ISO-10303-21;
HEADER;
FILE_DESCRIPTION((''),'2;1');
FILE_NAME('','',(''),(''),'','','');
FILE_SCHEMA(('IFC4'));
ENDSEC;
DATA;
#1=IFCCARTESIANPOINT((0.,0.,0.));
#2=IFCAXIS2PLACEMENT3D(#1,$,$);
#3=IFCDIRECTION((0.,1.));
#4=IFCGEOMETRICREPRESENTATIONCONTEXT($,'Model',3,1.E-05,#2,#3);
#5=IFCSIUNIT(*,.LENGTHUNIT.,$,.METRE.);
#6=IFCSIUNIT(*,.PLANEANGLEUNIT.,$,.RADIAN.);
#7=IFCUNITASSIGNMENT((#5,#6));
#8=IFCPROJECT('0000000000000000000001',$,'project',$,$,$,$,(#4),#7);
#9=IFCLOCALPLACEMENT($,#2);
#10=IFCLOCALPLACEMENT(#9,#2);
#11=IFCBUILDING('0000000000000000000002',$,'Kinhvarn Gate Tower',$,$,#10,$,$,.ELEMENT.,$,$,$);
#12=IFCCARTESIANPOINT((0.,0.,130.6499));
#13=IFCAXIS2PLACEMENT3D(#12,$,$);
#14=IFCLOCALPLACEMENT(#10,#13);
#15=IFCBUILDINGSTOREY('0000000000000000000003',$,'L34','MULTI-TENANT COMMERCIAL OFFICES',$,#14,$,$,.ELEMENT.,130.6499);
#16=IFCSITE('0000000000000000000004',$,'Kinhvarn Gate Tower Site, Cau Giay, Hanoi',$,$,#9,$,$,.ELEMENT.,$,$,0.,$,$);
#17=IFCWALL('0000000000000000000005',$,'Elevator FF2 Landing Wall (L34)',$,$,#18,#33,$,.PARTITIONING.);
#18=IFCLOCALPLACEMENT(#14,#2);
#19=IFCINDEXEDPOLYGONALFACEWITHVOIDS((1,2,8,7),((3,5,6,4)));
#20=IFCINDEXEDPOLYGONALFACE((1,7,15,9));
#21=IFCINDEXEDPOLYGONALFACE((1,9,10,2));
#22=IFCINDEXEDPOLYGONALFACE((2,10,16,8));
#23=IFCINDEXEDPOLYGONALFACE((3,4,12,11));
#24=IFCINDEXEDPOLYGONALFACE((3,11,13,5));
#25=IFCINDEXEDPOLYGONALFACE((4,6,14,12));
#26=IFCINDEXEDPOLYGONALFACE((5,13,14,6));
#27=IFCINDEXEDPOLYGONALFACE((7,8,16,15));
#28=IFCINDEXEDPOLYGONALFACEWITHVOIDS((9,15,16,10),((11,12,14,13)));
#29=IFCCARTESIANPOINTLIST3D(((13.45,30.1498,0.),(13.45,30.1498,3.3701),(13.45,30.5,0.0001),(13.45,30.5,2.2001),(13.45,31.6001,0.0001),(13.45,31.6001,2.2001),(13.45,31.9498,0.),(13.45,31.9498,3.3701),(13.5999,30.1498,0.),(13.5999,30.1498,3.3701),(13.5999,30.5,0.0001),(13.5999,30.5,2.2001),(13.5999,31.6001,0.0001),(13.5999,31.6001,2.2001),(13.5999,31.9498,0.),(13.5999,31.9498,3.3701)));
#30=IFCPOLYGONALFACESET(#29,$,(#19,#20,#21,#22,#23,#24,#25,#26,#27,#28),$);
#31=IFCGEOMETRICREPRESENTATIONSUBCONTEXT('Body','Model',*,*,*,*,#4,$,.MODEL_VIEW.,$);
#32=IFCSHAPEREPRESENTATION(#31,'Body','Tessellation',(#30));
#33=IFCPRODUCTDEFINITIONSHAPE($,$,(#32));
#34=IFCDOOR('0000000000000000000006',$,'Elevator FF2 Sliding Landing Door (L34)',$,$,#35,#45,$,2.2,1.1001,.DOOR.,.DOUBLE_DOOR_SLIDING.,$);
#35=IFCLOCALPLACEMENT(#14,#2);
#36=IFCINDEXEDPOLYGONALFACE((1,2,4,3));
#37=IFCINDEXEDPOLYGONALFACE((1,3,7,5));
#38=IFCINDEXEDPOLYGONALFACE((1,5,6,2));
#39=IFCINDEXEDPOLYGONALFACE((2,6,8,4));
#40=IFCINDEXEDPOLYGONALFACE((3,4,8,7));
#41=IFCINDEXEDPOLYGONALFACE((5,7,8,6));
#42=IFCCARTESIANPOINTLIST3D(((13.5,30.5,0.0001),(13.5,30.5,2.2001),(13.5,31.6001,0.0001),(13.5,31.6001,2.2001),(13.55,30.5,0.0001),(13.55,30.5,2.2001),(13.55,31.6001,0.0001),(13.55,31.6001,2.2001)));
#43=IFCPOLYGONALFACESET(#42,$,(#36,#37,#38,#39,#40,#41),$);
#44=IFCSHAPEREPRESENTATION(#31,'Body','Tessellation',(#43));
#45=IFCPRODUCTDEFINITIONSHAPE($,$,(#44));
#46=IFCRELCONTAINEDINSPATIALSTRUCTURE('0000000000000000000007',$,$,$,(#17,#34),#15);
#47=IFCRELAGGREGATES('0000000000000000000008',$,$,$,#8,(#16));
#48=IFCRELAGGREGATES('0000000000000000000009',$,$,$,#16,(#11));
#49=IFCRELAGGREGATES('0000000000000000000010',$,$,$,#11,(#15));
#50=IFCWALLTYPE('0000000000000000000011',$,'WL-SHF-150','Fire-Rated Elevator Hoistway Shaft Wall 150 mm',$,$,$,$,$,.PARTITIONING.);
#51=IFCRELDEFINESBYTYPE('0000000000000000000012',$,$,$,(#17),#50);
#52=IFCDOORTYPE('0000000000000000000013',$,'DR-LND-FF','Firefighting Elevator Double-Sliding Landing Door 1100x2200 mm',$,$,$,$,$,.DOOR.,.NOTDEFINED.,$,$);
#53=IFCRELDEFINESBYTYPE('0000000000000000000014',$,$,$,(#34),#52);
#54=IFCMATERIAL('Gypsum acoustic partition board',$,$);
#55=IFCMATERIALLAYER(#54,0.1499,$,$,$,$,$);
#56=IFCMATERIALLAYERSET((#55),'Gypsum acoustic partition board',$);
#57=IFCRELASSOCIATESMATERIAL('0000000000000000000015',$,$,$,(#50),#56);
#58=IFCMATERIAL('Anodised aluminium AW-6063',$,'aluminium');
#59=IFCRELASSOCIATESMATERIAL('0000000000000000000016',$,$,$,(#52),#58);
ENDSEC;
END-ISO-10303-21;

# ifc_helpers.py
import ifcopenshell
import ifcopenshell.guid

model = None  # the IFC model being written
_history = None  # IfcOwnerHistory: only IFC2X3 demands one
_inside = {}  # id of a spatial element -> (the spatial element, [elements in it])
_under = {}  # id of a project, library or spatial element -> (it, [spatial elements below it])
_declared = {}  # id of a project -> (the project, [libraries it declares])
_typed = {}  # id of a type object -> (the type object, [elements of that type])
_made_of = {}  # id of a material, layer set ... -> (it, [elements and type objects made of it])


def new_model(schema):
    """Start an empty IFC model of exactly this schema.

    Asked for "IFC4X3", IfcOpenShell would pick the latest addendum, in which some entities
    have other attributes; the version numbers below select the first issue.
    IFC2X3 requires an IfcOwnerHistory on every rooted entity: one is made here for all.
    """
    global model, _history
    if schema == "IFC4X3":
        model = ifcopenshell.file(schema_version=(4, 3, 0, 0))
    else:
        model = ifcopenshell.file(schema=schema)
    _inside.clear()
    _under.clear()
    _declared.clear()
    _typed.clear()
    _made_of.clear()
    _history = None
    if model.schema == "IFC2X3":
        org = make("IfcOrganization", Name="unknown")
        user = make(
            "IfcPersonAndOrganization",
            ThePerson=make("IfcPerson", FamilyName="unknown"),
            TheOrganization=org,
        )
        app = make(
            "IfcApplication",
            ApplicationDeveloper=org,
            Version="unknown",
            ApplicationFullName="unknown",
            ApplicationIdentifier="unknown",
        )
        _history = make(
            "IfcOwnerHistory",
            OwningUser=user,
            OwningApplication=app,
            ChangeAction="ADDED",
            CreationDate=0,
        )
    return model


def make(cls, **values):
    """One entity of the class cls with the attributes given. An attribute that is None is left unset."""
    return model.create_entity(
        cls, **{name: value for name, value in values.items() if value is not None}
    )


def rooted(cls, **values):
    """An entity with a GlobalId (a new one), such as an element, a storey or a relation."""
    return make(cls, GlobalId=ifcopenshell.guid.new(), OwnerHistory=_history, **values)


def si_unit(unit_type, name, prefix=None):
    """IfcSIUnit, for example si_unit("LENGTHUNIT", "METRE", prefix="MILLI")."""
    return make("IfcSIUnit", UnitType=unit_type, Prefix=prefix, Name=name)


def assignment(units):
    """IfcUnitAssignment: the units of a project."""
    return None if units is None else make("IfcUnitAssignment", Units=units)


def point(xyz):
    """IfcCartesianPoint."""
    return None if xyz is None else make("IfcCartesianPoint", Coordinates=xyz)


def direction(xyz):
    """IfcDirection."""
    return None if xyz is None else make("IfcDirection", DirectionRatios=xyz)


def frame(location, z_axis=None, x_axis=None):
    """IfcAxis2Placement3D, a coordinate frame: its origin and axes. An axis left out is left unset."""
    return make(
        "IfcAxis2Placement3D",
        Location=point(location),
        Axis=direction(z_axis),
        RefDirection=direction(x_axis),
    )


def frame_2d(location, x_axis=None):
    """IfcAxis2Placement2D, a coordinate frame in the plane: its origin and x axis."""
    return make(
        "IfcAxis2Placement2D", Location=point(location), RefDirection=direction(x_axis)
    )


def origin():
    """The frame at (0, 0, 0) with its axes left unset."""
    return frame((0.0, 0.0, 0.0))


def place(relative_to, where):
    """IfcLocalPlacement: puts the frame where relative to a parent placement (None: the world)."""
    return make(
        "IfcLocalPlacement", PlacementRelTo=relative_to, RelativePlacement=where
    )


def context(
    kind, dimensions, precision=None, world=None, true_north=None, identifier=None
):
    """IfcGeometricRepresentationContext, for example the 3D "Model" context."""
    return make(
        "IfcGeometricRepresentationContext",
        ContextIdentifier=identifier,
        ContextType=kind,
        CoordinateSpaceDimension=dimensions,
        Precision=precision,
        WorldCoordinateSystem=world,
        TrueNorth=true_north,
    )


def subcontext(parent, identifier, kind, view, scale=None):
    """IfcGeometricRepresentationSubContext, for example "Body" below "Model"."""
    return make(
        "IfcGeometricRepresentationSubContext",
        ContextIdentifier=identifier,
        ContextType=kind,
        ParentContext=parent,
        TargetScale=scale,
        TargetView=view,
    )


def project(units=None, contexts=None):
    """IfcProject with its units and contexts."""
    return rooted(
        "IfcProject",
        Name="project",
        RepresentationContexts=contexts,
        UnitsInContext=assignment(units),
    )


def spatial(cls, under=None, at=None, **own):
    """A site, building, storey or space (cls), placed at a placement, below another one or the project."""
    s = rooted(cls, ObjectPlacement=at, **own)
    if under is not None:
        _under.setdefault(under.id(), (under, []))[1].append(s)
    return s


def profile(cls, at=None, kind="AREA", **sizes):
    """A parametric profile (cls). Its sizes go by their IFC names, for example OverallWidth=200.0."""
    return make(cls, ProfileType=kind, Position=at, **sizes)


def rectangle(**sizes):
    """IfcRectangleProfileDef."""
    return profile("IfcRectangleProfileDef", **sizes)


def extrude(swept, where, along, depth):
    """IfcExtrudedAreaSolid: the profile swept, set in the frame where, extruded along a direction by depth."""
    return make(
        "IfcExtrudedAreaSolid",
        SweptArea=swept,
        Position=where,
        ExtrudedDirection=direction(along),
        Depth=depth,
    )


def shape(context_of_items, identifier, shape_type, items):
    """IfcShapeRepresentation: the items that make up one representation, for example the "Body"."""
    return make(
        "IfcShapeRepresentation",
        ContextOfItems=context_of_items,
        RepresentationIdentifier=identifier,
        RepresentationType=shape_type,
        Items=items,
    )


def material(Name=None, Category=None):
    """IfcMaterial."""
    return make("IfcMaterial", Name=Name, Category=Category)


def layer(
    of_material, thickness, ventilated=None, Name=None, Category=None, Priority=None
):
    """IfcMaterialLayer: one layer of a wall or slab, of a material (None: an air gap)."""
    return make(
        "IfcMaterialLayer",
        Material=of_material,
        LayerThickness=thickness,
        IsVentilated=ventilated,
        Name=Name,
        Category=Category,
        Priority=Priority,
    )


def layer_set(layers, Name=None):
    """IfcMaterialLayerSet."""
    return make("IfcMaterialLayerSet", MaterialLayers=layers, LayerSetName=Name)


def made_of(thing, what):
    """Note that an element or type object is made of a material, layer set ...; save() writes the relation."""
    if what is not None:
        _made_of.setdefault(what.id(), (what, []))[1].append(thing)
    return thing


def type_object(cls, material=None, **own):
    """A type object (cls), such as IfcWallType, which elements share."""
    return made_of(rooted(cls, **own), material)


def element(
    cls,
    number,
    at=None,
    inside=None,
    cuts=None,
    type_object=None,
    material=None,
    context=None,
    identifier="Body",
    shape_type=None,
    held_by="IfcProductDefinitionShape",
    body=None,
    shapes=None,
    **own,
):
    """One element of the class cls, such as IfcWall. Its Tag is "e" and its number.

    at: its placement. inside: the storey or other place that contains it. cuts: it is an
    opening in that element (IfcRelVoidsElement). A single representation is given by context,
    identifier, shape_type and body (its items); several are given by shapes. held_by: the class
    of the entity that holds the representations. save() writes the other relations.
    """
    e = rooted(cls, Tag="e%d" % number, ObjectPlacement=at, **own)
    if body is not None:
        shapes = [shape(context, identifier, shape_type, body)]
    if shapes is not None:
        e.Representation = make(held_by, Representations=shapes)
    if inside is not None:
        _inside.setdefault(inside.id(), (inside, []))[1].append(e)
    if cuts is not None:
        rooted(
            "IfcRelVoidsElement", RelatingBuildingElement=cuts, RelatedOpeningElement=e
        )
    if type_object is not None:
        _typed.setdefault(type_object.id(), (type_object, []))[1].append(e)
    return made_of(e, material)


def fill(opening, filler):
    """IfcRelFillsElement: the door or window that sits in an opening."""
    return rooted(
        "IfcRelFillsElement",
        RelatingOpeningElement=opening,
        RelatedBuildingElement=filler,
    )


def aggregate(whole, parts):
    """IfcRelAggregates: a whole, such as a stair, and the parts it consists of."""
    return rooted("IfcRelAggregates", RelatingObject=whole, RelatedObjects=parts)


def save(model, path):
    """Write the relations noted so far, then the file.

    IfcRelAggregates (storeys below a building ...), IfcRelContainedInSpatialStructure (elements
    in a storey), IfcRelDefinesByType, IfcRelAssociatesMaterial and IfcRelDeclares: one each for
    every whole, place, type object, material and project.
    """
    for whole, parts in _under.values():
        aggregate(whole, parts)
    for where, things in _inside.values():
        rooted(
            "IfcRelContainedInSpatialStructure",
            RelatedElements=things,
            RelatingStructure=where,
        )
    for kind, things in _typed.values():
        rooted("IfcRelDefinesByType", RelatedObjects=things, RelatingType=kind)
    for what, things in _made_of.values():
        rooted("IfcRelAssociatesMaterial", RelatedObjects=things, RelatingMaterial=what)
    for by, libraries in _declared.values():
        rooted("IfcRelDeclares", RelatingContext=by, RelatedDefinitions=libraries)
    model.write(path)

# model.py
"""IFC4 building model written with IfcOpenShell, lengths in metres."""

from ifc_helpers import new_model, si_unit, direction, frame, frame_2d, origin, place, context, subcontext, project, spatial, rectangle, extrude, material, layer, layer_set, type_object, element, fill, save


model = new_model("IFC4")

# Units and contexts
model_context = context("Model", 3, precision=1e-05, world=origin(), true_north=direction((0.0, 1.0)))
body_context = subcontext(model_context, "Body", "Model", "MODEL_VIEW")
ifc_project = project(units=[si_unit("LENGTHUNIT", "METRE"), si_unit("PLANEANGLEUNIT", "RADIAN")], contexts=[model_context])

# Site, building, storey
site_placement = place(None, origin())
site = spatial("IfcSite", under=ifc_project, at=site_placement, Name="Kinhvarn Gate Tower Site, Cau Giay, Hanoi", CompositionType="ELEMENT", RefElevation=0.0)
building_placement = place(site_placement, origin())
building = spatial("IfcBuilding", under=site, at=building_placement, Name="Kinhvarn Gate Tower", CompositionType="ELEMENT")
storey_placement = place(building_placement, frame((0.0, 0.0, 130.6499)))
storey = spatial("IfcBuildingStorey", under=building, at=storey_placement, Name="L34", Description="MULTI-TENANT COMMERCIAL OFFICES", CompositionType="ELEMENT", Elevation=130.6499)

# Shared definitions
ifc_material_1 = material(Name="Gypsum acoustic partition board")

# Shared definitions
ifc_layer_1 = layer(ifc_material_1, 0.1499)
ifc_layer_set_1 = layer_set([ifc_layer_1], Name="Gypsum acoustic partition board")
wall_type_1 = type_object("IfcWallType", Name="WL-SHF-150", Description="Fire-Rated Elevator Hoistway Shaft Wall 150 mm", PredefinedType="PARTITIONING", material=ifc_layer_set_1)
ifc_material_2 = material(Name="Anodised aluminium AW-6063", Category="aluminium")

# Wall, opening, door
wall_1_placement = place(storey_placement, frame((13.5249, 30.1499, 0.0), z_axis=(0.0, 0.0, 1.0), x_axis=(0.0, 1.0, 0.0)))
wall_1 = element("IfcWall", 1, at=wall_1_placement, inside=storey, type_object=wall_type_1, Name="Elevator FF2 Landing Wall (L34)", PredefinedType="PARTITIONING", context=body_context, shape_type="SweptSolid", body=[
    extrude(rectangle(XDim=1.8, YDim=0.1499, at=frame_2d((0.8999, 0.0))), origin(), (0.0, 0.0, 1.0), 3.3701),
])
opening_1_placement = place(wall_1_placement, frame((0.3501, 0.0, 0.0)))
opening_1 = element("IfcOpeningElement", 2, at=opening_1_placement, cuts=wall_1, PredefinedType="OPENING", context=body_context, shape_type="SweptSolid", body=[
    extrude(rectangle(XDim=1.1001, YDim=2.2, at=frame_2d((0.55, 1.1001))), frame((0.0, 0.085, 0.0), z_axis=(0.0, -1.0, 0.0), x_axis=(1.0, 0.0, 0.0)), (0.0, 0.0, 1.0), 0.1699),
])
door_type_1 = type_object("IfcDoorType", Name="DR-LND-FF", Description="Firefighting Elevator Double-Sliding Landing Door 1100x2200 mm", OperationType="NOTDEFINED", PredefinedType="DOOR", material=ifc_material_2)
door_1_placement = place(opening_1_placement, origin())
door_1 = element("IfcDoor", 3, at=door_1_placement, inside=storey, type_object=door_type_1, Name="Elevator FF2 Sliding Landing Door (L34)", OperationType="DOUBLE_DOOR_SLIDING", OverallHeight=2.2, OverallWidth=1.1001, PredefinedType="DOOR", context=body_context, shape_type="SweptSolid", body=[
    extrude(rectangle(XDim=1.1001, YDim=2.2, at=frame_2d((0.55, 1.1001))), frame((0.0, 0.0249, 0.0), z_axis=(0.0, -1.0, 0.0), x_axis=(1.0, 0.0, 0.0)), (0.0, 0.0, 1.0), 0.05),
])
fill(opening_1, door_1)

save(model, "model.ifc")
